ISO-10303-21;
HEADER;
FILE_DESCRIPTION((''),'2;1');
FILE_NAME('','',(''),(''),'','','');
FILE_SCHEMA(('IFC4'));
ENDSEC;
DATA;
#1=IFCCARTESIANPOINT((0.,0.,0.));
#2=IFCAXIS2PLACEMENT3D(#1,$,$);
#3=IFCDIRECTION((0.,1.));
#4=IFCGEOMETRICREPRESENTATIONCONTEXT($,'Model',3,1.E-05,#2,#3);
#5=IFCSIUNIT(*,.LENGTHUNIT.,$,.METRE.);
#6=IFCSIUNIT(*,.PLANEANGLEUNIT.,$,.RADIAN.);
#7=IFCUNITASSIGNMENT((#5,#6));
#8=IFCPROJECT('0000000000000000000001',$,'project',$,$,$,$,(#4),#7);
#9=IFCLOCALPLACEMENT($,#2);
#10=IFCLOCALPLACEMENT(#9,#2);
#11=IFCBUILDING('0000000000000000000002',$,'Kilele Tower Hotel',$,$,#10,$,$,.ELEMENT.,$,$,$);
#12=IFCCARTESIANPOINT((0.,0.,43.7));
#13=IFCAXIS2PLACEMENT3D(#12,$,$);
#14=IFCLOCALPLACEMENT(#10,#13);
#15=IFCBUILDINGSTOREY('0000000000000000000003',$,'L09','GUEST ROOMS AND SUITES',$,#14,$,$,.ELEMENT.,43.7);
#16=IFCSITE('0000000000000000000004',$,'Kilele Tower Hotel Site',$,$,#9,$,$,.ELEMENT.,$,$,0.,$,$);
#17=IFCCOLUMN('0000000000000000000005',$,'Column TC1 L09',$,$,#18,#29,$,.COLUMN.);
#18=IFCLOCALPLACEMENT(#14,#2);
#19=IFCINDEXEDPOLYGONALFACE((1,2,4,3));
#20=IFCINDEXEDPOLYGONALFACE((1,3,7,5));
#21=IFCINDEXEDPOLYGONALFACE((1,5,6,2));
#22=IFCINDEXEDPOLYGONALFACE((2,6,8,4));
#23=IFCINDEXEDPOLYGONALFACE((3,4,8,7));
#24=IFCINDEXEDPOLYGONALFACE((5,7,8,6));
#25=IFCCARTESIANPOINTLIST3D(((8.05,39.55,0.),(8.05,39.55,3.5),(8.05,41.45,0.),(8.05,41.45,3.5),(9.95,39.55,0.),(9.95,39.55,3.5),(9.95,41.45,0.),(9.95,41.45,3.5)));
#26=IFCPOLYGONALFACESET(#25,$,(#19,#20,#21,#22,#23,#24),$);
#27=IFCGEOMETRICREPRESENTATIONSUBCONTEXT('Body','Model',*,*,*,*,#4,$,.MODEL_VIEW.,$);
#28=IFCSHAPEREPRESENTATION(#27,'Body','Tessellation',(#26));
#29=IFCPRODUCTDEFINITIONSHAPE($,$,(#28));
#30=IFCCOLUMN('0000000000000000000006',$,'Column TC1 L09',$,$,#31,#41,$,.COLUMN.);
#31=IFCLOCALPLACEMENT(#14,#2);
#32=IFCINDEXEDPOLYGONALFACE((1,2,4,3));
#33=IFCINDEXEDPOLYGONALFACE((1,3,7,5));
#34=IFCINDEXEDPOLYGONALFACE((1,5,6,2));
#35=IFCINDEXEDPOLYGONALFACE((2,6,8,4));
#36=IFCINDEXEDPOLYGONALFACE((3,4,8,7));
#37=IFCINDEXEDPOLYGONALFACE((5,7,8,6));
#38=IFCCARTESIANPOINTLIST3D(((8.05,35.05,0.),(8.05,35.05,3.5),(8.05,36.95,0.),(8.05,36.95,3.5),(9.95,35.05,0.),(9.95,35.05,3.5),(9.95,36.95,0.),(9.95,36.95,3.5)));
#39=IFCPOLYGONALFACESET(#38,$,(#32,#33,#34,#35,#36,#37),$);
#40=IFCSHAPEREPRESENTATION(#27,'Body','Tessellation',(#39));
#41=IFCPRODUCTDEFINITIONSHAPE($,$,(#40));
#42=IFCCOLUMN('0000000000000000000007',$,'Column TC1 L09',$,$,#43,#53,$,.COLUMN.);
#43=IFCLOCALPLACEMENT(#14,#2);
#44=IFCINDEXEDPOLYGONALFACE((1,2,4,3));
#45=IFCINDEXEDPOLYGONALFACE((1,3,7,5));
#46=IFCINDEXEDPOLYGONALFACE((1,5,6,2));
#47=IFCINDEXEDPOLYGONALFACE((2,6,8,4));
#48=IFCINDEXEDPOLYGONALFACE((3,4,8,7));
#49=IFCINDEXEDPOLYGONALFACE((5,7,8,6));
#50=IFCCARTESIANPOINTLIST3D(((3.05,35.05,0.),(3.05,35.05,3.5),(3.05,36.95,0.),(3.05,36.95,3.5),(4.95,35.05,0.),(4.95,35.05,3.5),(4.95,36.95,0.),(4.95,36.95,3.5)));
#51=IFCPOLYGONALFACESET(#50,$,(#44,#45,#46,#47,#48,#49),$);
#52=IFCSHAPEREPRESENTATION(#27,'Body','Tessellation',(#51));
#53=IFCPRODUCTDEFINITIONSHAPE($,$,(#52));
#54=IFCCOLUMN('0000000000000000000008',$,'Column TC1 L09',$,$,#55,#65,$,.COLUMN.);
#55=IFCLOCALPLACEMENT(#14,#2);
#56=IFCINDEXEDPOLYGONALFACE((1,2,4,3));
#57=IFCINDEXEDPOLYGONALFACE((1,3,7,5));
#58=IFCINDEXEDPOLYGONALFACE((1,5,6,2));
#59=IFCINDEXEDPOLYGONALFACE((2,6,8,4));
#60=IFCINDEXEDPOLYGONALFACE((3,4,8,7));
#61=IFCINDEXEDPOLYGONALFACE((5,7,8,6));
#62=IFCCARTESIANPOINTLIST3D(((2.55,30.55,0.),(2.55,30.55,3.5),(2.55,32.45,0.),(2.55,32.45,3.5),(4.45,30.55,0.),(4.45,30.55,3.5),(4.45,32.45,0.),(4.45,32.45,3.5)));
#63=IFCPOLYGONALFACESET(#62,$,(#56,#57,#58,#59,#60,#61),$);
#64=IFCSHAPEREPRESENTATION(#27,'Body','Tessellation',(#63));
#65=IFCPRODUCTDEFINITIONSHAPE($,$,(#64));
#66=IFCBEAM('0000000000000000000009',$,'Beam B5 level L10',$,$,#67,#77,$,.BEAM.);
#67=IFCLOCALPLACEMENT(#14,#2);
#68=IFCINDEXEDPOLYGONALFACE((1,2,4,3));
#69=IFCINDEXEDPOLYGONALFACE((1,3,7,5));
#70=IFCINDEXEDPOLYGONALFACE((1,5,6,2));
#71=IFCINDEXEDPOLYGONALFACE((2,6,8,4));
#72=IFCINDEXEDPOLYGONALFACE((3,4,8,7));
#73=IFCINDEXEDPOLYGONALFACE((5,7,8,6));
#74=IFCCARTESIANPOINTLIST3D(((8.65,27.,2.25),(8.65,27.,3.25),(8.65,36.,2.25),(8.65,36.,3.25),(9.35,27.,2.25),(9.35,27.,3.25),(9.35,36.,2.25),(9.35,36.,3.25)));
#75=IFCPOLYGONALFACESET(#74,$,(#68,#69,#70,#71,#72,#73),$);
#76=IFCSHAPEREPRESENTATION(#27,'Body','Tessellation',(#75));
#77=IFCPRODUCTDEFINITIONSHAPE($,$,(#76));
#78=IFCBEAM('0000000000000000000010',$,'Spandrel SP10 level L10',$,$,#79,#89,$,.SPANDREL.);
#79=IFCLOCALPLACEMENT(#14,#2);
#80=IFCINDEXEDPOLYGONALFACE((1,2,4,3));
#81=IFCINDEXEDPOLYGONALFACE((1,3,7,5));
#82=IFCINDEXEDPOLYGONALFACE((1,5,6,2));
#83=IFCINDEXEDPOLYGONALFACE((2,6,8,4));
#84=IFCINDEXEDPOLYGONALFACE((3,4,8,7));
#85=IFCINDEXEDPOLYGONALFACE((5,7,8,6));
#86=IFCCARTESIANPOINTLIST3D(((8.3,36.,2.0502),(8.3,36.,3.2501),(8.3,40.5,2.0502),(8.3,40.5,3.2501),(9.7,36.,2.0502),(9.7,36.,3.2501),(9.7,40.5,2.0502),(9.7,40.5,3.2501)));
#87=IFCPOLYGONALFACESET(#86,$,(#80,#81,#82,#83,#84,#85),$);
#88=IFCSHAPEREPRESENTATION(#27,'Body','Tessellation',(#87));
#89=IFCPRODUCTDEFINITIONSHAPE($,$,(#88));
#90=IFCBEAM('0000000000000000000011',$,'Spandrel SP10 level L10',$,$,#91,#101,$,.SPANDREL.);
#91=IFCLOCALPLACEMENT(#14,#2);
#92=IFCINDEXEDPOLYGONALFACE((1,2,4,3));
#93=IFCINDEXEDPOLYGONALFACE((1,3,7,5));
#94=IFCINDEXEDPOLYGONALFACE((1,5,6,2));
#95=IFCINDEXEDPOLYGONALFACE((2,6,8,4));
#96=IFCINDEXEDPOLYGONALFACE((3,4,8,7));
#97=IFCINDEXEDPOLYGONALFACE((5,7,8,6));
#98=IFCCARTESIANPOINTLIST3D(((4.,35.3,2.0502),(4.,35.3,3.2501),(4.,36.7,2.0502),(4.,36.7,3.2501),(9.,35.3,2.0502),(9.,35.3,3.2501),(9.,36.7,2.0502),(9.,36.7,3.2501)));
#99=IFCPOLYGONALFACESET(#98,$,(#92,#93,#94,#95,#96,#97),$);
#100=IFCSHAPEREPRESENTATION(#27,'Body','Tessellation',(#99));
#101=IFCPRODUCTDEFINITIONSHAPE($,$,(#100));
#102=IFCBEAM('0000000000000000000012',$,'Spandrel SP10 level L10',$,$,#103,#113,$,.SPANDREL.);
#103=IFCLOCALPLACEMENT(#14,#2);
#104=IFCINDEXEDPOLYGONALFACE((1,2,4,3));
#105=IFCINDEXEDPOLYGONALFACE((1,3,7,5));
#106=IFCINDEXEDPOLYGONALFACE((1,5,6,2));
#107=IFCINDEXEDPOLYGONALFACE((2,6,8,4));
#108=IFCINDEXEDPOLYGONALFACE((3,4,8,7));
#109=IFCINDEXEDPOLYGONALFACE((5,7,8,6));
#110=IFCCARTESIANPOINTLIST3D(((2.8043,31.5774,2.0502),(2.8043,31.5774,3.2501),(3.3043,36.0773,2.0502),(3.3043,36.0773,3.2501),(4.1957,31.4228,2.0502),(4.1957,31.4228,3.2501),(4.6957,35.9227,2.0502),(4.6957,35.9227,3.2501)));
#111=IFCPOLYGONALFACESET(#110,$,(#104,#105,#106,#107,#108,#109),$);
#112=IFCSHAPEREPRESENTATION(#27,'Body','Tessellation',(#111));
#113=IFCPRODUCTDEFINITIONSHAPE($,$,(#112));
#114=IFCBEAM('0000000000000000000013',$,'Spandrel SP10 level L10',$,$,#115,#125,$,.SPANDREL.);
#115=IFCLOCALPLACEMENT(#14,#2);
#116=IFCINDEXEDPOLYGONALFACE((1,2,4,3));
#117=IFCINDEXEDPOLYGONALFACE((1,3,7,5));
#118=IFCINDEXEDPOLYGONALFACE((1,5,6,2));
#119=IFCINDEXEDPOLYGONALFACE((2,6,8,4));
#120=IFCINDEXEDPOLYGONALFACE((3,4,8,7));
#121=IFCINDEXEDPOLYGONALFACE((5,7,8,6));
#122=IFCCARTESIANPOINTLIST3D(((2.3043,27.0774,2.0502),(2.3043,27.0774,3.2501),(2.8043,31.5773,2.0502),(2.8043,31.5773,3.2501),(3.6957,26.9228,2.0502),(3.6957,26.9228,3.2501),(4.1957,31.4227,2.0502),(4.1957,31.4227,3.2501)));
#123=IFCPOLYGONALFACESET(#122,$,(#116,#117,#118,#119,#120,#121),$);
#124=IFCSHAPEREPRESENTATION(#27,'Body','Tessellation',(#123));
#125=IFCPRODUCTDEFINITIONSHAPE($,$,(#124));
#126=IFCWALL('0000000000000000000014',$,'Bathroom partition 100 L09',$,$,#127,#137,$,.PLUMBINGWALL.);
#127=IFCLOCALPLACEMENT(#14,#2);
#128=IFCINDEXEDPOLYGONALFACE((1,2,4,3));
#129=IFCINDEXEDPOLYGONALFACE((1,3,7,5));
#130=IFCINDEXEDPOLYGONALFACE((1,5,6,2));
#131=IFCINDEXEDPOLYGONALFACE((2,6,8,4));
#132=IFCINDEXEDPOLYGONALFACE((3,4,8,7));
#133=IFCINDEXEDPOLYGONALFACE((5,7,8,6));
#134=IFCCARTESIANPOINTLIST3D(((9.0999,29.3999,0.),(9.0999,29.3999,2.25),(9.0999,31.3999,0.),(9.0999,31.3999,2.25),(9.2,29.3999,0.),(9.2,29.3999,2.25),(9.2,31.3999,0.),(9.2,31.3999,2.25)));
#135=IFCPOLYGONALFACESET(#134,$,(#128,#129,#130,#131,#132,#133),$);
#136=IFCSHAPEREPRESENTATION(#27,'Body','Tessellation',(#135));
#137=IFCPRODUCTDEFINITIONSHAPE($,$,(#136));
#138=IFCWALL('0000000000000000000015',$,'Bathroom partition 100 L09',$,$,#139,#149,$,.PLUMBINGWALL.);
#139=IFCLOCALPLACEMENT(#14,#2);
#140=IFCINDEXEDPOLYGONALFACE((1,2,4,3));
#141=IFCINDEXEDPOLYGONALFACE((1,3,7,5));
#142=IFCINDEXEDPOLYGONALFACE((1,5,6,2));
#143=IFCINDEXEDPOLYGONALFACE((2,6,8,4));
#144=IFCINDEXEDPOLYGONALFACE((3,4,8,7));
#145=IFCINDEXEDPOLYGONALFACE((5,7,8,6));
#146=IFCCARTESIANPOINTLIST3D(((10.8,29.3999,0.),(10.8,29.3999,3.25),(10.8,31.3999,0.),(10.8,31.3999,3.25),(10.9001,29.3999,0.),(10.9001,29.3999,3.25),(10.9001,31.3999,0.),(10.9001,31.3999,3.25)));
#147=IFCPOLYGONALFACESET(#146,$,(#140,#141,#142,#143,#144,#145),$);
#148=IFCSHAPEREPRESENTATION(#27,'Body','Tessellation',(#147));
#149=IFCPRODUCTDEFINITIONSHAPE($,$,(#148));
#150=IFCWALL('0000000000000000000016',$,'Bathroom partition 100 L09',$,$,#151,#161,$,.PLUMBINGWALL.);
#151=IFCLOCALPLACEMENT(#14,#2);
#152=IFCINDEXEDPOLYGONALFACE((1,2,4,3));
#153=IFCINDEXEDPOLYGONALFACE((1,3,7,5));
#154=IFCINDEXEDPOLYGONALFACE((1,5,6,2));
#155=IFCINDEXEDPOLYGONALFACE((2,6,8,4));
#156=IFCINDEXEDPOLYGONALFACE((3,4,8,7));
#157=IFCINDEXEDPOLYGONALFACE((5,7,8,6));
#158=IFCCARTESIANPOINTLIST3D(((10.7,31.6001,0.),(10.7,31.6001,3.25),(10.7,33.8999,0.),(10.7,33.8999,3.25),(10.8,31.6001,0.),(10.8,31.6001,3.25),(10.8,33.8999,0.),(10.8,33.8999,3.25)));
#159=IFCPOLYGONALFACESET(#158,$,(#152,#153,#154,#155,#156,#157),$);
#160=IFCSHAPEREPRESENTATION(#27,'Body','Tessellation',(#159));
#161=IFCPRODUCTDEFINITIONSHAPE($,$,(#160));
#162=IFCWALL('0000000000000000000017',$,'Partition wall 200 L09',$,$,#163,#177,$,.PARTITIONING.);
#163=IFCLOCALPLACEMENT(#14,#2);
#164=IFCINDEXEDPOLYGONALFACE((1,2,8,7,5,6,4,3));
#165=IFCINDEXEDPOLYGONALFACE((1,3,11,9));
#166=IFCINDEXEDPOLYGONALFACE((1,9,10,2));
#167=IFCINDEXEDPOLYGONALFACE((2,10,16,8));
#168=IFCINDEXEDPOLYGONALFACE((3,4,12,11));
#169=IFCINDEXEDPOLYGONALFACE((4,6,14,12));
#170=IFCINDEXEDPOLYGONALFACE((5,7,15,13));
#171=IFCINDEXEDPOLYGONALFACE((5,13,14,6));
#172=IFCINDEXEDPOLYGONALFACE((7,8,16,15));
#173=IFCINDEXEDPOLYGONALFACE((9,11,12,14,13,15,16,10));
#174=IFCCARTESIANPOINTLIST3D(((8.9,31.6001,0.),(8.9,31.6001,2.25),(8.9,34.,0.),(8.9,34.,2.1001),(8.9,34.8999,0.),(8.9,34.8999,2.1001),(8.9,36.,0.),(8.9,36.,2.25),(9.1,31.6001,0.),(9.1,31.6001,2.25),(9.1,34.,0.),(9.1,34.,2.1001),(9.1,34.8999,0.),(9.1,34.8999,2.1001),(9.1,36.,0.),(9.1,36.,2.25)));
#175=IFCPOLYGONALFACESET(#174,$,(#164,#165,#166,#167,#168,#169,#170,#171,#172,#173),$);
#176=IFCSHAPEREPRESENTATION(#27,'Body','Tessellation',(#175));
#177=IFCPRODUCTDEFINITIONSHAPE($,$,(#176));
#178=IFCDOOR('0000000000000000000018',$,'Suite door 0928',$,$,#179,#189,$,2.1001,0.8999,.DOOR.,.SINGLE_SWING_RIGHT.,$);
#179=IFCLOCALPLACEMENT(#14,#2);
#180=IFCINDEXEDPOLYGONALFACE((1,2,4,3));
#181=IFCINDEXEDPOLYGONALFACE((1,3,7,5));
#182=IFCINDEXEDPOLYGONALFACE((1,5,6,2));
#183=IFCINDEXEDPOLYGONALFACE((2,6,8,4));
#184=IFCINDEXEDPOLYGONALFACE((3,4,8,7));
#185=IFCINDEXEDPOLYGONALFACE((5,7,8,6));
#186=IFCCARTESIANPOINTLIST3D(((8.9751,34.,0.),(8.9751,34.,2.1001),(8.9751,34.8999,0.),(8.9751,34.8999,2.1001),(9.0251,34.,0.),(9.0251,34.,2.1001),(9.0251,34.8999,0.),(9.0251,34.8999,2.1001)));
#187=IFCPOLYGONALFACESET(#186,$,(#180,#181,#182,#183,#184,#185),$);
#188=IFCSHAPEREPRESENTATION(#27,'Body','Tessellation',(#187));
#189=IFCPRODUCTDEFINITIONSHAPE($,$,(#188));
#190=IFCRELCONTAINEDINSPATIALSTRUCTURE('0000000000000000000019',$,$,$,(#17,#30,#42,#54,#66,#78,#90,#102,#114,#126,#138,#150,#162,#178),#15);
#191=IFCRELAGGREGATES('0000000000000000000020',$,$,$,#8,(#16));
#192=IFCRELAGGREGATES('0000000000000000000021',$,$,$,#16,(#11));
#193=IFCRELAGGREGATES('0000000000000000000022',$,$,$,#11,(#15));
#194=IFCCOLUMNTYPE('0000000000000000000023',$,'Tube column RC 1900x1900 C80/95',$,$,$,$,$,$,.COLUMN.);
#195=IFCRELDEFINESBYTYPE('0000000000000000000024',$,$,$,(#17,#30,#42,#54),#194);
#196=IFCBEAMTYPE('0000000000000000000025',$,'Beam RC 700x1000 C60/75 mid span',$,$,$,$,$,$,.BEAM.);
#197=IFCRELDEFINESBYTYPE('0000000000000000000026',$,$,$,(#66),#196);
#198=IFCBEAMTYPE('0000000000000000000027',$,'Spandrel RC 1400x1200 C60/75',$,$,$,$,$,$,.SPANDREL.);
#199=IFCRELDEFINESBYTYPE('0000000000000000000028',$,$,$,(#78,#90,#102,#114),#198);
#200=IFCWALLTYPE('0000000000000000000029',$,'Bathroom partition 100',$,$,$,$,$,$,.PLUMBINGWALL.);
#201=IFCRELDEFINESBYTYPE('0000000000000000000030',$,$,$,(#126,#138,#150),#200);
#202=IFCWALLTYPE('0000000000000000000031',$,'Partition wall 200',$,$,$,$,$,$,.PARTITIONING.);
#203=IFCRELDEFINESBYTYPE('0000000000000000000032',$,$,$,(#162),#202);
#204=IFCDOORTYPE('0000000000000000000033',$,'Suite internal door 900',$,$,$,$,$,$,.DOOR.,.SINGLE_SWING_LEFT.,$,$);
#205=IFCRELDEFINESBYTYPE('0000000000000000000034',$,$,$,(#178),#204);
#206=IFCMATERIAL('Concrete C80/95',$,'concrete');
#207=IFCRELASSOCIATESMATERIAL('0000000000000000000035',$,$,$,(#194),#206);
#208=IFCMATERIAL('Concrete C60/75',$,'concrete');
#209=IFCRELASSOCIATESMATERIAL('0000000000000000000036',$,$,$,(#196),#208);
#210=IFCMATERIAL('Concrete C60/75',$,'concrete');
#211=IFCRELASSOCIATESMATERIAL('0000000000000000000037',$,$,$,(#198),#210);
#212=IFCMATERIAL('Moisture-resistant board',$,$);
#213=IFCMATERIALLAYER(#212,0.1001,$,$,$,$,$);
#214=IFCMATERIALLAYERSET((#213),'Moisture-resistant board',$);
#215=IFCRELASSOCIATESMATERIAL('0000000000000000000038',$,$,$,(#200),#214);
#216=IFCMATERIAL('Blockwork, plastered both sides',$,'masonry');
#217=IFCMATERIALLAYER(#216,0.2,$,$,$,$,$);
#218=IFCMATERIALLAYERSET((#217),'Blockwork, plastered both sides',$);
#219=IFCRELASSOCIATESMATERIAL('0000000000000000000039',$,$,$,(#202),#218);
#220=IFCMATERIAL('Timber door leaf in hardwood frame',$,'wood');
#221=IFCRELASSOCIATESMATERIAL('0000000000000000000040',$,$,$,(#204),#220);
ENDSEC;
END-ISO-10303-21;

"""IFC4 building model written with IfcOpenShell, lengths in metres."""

from ifc_helpers import new_model, si_unit, direction, frame, frame_2d, origin, origin_2d, place, context, subcontext, project, spatial, rectangle, extrude, material, layer, layer_set, material_profile, profile_set, type_object, element, fill, save


model = new_model("IFC4")

# Units and contexts
model_context = context("Model", 3, precision=1e-05, world=origin(), true_north=direction((0.0, 1.0)))
body_context = subcontext(model_context, "Body", "Model", "MODEL_VIEW")
ifc_project = project(units=[si_unit("LENGTHUNIT", "METRE"), si_unit("PLANEANGLEUNIT", "RADIAN")], contexts=[model_context])

# Site, building, storey
site_placement = place(None, origin())
site = spatial("IfcSite", under=ifc_project, at=site_placement, Name="Kilele Tower Hotel Site", CompositionType="ELEMENT", RefElevation=0.0)
building_placement = place(site_placement, origin())
building = spatial("IfcBuilding", under=site, at=building_placement, Name="Kilele Tower Hotel", CompositionType="ELEMENT")
storey_placement = place(building_placement, frame((0.0, 0.0, 43.7)))
storey = spatial("IfcBuildingStorey", under=building, at=storey_placement, Name="L09", Description="GUEST ROOMS AND SUITES", CompositionType="ELEMENT", Elevation=43.7)

# Columns
ifc_material_1 = material(Name="Concrete C80/95", Category="concrete")
ifc_material_profile_1 = material_profile(ifc_material_1, rectangle(XDim=1.8999, YDim=1.8999, at=origin_2d()))
ifc_profile_set_1 = profile_set([ifc_material_profile_1], Name="Concrete C80/95")
column_type = type_object("IfcColumnType", Name="Tube column RC 1900x1900 C80/95", PredefinedType="COLUMN", material=ifc_profile_set_1)
for number, where, z_axis, x_axis, name in (
    (1, (9.0, 40.5, 0.0), (0.0, 0.0, 1.0), (1.0, 0.0, 0.0), "Column TC1 L09"),
    (2, (9.0, 36.0, 0.0), (0.0, 0.0, 1.0), (1.0, 0.0, 0.0), "Column TC1 L09"),
    (3, (4.0, 36.0, 0.0), (0.0, 0.0, 1.0), (1.0, 0.0, 0.0), "Column TC1 L09"),
    (4, (3.5, 31.5, 0.0), (0.0, 0.0, 1.0), (1.0, 0.0, 0.0), "Column TC1 L09"),
):
    element("IfcColumn", number, at=place(storey_placement, frame(where, z_axis=z_axis, x_axis=x_axis)), inside=storey, type_object=column_type, Name=name, PredefinedType="COLUMN", context=body_context, shape_type="SweptSolid", body=[
        extrude(rectangle(XDim=1.8999, YDim=1.8999, at=origin_2d()), origin(), (0.0, 0.0, 1.0), 3.5),
    ])

# Beams
ifc_material_2 = material(Name="Concrete C60/75", Category="concrete")
ifc_material_profile_2 = material_profile(ifc_material_2, rectangle(XDim=0.7, YDim=1.0, at=origin_2d()))
ifc_profile_set_2 = profile_set([ifc_material_profile_2], Name="Concrete C60/75")
beam_type_1 = type_object("IfcBeamType", Name="Beam RC 700x1000 C60/75 mid span", PredefinedType="BEAM", material=ifc_profile_set_2)
beam_1_placement = place(storey_placement, frame((9.0, 36.0, 2.75), z_axis=(0.0, -1.0, 0.0), x_axis=(1.0, 0.0, 0.0)))
element("IfcBeam", 5, at=beam_1_placement, inside=storey, type_object=beam_type_1, Name="Beam B5 level L10", PredefinedType="BEAM", context=body_context, shape_type="SweptSolid", body=[
    extrude(rectangle(XDim=0.7, YDim=1.0, at=origin_2d()), origin(), (0.0, 0.0, 1.0), 9.0),
])
ifc_material_3 = material(Name="Concrete C60/75", Category="concrete")
ifc_material_profile_3 = material_profile(ifc_material_3, rectangle(XDim=1.3999, YDim=1.2, at=origin_2d()))
ifc_profile_set_3 = profile_set([ifc_material_profile_3], Name="Concrete C60/75")
beam_type_2 = type_object("IfcBeamType", Name="Spandrel RC 1400x1200 C60/75", PredefinedType="SPANDREL", material=ifc_profile_set_3)
beam_2_placement = place(storey_placement, frame((9.0, 40.5, 2.6501), z_axis=(0.0, -1.0, 0.0), x_axis=(1.0, 0.0, 0.0)))
element("IfcBeam", 6, at=beam_2_placement, inside=storey, type_object=beam_type_2, Name="Spandrel SP10 level L10", PredefinedType="SPANDREL", context=body_context, shape_type="SweptSolid", body=[
    extrude(rectangle(XDim=1.3999, YDim=1.2, at=origin_2d()), origin(), (0.0, 0.0, 1.0), 4.5),
])
beam_3_placement = place(storey_placement, frame((9.0, 36.0, 2.6501), z_axis=(-1.0, 0.0, 0.0), x_axis=(0.0, -1.0, 0.0)))
element("IfcBeam", 7, at=beam_3_placement, inside=storey, type_object=beam_type_2, Name="Spandrel SP10 level L10", PredefinedType="SPANDREL", context=body_context, shape_type="SweptSolid", body=[
    extrude(rectangle(XDim=1.3999, YDim=1.2, at=origin_2d()), origin(), (0.0, 0.0, 1.0), 5.0),
])
for number, where, z_axis, x_axis, name in (
    (8, (4.0, 36.0, 2.6501), (-0.110432, -0.993884, 0.0), (0.993884, -0.110432, 0.0), "Spandrel SP10 level L10"),
    (9, (3.5, 31.5, 2.6501), (-0.110432, -0.993884, 0.0), (0.993884, -0.110432, 0.0), "Spandrel SP10 level L10"),
):
    element("IfcBeam", number, at=place(storey_placement, frame(where, z_axis=z_axis, x_axis=x_axis)), inside=storey, type_object=beam_type_2, Name=name, PredefinedType="SPANDREL", context=body_context, shape_type="SweptSolid", body=[
        extrude(rectangle(XDim=1.3999, YDim=1.2, at=origin_2d()), origin(), (0.0, 0.0, 1.0), 4.5276),
    ])

# Walls
ifc_material_4 = material(Name="Moisture-resistant board")
ifc_layer_1 = layer(ifc_material_4, 0.1001)
ifc_layer_set_1 = layer_set([ifc_layer_1], Name="Moisture-resistant board")
wall_type_1 = type_object("IfcWallType", Name="Bathroom partition 100", PredefinedType="PLUMBINGWALL", material=ifc_layer_set_1)
wall_1_placement = place(storey_placement, frame((9.1499, 31.3999, 0.0), z_axis=(0.0, 0.0, 1.0), x_axis=(0.0, -1.0, 0.0)))
element("IfcWall", 10, at=wall_1_placement, inside=storey, type_object=wall_type_1, Name="Bathroom partition 100 L09", PredefinedType="PLUMBINGWALL", context=body_context, shape_type="SweptSolid", body=[
    extrude(rectangle(XDim=2.0, YDim=0.1001, at=frame_2d((1.0, 0.0))), origin(), (0.0, 0.0, 1.0), 2.25),
])
wall_2_placement = place(storey_placement, frame((10.8501, 31.3999, 0.0), z_axis=(0.0, 0.0, 1.0), x_axis=(0.0, -1.0, 0.0)))
element("IfcWall", 11, at=wall_2_placement, inside=storey, type_object=wall_type_1, Name="Bathroom partition 100 L09", PredefinedType="PLUMBINGWALL", context=body_context, shape_type="SweptSolid", body=[
    extrude(rectangle(XDim=2.0, YDim=0.1001, at=frame_2d((1.0, 0.0))), origin(), (0.0, 0.0, 1.0), 3.25),
])
wall_3_placement = place(storey_placement, frame((10.75, 31.6001, 0.0), z_axis=(0.0, 0.0, 1.0), x_axis=(0.0, 1.0, 0.0)))
element("IfcWall", 12, at=wall_3_placement, inside=storey, type_object=wall_type_1, Name="Bathroom partition 100 L09", PredefinedType="PLUMBINGWALL", context=body_context, shape_type="SweptSolid", body=[
    extrude(rectangle(XDim=2.2998, YDim=0.1001, at=frame_2d((1.1499, 0.0))), origin(), (0.0, 0.0, 1.0), 3.25),
])

# Wall, opening, door
ifc_material_5 = material(Name="Blockwork, plastered both sides", Category="masonry")
ifc_layer_2 = layer(ifc_material_5, 0.2)
ifc_layer_set_2 = layer_set([ifc_layer_2], Name="Blockwork, plastered both sides")
wall_type_2 = type_object("IfcWallType", Name="Partition wall 200", PredefinedType="PARTITIONING", material=ifc_layer_set_2)
wall_4_placement = place(storey_placement, frame((9.0, 31.6001, 0.0), z_axis=(0.0, 0.0, 1.0), x_axis=(0.0, 1.0, 0.0)))
wall_4 = element("IfcWall", 13, at=wall_4_placement, inside=storey, type_object=wall_type_2, Name="Partition wall 200 L09", PredefinedType="PARTITIONING", context=body_context, shape_type="SweptSolid", body=[
    extrude(rectangle(XDim=4.3999, YDim=0.2, at=frame_2d((2.2, 0.0))), origin(), (0.0, 0.0, 1.0), 2.25),
])
opening_1_placement = place(wall_4_placement, frame((2.3999, 0.0, 0.0)))
opening_1 = element("IfcOpeningElement", 14, at=opening_1_placement, cuts=wall_4, PredefinedType="OPENING", context=body_context, shape_type="SweptSolid", body=[
    extrude(rectangle(XDim=0.8999, YDim=2.1001, at=frame_2d((0.45, 1.05))), frame((0.0, 0.1099, 0.0), z_axis=(0.0, -1.0, 0.0), x_axis=(1.0, 0.0, 0.0)), (0.0, 0.0, 1.0), 0.22),
])
ifc_material_6 = material(Name="Timber door leaf in hardwood frame", Category="wood")
door_type = type_object("IfcDoorType", Name="Suite internal door 900", OperationType="SINGLE_SWING_LEFT", PredefinedType="DOOR", material=ifc_material_6)
door_placement = place(opening_1_placement, origin())
door = element("IfcDoor", 15, at=door_placement, inside=storey, type_object=door_type, Name="Suite door 0928", OperationType="SINGLE_SWING_RIGHT", OverallHeight=2.1001, OverallWidth=0.8999, PredefinedType="DOOR", context=body_context, shape_type="SweptSolid", body=[
    extrude(rectangle(XDim=0.8999, YDim=2.1001, at=frame_2d((0.45, 1.05))), frame((0.0, 0.0249, 0.0), z_axis=(0.0, -1.0, 0.0), x_axis=(1.0, 0.0, 0.0)), (0.0, 0.0, 1.0), 0.05),
])
fill(opening_1, door)

save(model, "model.ifc")
